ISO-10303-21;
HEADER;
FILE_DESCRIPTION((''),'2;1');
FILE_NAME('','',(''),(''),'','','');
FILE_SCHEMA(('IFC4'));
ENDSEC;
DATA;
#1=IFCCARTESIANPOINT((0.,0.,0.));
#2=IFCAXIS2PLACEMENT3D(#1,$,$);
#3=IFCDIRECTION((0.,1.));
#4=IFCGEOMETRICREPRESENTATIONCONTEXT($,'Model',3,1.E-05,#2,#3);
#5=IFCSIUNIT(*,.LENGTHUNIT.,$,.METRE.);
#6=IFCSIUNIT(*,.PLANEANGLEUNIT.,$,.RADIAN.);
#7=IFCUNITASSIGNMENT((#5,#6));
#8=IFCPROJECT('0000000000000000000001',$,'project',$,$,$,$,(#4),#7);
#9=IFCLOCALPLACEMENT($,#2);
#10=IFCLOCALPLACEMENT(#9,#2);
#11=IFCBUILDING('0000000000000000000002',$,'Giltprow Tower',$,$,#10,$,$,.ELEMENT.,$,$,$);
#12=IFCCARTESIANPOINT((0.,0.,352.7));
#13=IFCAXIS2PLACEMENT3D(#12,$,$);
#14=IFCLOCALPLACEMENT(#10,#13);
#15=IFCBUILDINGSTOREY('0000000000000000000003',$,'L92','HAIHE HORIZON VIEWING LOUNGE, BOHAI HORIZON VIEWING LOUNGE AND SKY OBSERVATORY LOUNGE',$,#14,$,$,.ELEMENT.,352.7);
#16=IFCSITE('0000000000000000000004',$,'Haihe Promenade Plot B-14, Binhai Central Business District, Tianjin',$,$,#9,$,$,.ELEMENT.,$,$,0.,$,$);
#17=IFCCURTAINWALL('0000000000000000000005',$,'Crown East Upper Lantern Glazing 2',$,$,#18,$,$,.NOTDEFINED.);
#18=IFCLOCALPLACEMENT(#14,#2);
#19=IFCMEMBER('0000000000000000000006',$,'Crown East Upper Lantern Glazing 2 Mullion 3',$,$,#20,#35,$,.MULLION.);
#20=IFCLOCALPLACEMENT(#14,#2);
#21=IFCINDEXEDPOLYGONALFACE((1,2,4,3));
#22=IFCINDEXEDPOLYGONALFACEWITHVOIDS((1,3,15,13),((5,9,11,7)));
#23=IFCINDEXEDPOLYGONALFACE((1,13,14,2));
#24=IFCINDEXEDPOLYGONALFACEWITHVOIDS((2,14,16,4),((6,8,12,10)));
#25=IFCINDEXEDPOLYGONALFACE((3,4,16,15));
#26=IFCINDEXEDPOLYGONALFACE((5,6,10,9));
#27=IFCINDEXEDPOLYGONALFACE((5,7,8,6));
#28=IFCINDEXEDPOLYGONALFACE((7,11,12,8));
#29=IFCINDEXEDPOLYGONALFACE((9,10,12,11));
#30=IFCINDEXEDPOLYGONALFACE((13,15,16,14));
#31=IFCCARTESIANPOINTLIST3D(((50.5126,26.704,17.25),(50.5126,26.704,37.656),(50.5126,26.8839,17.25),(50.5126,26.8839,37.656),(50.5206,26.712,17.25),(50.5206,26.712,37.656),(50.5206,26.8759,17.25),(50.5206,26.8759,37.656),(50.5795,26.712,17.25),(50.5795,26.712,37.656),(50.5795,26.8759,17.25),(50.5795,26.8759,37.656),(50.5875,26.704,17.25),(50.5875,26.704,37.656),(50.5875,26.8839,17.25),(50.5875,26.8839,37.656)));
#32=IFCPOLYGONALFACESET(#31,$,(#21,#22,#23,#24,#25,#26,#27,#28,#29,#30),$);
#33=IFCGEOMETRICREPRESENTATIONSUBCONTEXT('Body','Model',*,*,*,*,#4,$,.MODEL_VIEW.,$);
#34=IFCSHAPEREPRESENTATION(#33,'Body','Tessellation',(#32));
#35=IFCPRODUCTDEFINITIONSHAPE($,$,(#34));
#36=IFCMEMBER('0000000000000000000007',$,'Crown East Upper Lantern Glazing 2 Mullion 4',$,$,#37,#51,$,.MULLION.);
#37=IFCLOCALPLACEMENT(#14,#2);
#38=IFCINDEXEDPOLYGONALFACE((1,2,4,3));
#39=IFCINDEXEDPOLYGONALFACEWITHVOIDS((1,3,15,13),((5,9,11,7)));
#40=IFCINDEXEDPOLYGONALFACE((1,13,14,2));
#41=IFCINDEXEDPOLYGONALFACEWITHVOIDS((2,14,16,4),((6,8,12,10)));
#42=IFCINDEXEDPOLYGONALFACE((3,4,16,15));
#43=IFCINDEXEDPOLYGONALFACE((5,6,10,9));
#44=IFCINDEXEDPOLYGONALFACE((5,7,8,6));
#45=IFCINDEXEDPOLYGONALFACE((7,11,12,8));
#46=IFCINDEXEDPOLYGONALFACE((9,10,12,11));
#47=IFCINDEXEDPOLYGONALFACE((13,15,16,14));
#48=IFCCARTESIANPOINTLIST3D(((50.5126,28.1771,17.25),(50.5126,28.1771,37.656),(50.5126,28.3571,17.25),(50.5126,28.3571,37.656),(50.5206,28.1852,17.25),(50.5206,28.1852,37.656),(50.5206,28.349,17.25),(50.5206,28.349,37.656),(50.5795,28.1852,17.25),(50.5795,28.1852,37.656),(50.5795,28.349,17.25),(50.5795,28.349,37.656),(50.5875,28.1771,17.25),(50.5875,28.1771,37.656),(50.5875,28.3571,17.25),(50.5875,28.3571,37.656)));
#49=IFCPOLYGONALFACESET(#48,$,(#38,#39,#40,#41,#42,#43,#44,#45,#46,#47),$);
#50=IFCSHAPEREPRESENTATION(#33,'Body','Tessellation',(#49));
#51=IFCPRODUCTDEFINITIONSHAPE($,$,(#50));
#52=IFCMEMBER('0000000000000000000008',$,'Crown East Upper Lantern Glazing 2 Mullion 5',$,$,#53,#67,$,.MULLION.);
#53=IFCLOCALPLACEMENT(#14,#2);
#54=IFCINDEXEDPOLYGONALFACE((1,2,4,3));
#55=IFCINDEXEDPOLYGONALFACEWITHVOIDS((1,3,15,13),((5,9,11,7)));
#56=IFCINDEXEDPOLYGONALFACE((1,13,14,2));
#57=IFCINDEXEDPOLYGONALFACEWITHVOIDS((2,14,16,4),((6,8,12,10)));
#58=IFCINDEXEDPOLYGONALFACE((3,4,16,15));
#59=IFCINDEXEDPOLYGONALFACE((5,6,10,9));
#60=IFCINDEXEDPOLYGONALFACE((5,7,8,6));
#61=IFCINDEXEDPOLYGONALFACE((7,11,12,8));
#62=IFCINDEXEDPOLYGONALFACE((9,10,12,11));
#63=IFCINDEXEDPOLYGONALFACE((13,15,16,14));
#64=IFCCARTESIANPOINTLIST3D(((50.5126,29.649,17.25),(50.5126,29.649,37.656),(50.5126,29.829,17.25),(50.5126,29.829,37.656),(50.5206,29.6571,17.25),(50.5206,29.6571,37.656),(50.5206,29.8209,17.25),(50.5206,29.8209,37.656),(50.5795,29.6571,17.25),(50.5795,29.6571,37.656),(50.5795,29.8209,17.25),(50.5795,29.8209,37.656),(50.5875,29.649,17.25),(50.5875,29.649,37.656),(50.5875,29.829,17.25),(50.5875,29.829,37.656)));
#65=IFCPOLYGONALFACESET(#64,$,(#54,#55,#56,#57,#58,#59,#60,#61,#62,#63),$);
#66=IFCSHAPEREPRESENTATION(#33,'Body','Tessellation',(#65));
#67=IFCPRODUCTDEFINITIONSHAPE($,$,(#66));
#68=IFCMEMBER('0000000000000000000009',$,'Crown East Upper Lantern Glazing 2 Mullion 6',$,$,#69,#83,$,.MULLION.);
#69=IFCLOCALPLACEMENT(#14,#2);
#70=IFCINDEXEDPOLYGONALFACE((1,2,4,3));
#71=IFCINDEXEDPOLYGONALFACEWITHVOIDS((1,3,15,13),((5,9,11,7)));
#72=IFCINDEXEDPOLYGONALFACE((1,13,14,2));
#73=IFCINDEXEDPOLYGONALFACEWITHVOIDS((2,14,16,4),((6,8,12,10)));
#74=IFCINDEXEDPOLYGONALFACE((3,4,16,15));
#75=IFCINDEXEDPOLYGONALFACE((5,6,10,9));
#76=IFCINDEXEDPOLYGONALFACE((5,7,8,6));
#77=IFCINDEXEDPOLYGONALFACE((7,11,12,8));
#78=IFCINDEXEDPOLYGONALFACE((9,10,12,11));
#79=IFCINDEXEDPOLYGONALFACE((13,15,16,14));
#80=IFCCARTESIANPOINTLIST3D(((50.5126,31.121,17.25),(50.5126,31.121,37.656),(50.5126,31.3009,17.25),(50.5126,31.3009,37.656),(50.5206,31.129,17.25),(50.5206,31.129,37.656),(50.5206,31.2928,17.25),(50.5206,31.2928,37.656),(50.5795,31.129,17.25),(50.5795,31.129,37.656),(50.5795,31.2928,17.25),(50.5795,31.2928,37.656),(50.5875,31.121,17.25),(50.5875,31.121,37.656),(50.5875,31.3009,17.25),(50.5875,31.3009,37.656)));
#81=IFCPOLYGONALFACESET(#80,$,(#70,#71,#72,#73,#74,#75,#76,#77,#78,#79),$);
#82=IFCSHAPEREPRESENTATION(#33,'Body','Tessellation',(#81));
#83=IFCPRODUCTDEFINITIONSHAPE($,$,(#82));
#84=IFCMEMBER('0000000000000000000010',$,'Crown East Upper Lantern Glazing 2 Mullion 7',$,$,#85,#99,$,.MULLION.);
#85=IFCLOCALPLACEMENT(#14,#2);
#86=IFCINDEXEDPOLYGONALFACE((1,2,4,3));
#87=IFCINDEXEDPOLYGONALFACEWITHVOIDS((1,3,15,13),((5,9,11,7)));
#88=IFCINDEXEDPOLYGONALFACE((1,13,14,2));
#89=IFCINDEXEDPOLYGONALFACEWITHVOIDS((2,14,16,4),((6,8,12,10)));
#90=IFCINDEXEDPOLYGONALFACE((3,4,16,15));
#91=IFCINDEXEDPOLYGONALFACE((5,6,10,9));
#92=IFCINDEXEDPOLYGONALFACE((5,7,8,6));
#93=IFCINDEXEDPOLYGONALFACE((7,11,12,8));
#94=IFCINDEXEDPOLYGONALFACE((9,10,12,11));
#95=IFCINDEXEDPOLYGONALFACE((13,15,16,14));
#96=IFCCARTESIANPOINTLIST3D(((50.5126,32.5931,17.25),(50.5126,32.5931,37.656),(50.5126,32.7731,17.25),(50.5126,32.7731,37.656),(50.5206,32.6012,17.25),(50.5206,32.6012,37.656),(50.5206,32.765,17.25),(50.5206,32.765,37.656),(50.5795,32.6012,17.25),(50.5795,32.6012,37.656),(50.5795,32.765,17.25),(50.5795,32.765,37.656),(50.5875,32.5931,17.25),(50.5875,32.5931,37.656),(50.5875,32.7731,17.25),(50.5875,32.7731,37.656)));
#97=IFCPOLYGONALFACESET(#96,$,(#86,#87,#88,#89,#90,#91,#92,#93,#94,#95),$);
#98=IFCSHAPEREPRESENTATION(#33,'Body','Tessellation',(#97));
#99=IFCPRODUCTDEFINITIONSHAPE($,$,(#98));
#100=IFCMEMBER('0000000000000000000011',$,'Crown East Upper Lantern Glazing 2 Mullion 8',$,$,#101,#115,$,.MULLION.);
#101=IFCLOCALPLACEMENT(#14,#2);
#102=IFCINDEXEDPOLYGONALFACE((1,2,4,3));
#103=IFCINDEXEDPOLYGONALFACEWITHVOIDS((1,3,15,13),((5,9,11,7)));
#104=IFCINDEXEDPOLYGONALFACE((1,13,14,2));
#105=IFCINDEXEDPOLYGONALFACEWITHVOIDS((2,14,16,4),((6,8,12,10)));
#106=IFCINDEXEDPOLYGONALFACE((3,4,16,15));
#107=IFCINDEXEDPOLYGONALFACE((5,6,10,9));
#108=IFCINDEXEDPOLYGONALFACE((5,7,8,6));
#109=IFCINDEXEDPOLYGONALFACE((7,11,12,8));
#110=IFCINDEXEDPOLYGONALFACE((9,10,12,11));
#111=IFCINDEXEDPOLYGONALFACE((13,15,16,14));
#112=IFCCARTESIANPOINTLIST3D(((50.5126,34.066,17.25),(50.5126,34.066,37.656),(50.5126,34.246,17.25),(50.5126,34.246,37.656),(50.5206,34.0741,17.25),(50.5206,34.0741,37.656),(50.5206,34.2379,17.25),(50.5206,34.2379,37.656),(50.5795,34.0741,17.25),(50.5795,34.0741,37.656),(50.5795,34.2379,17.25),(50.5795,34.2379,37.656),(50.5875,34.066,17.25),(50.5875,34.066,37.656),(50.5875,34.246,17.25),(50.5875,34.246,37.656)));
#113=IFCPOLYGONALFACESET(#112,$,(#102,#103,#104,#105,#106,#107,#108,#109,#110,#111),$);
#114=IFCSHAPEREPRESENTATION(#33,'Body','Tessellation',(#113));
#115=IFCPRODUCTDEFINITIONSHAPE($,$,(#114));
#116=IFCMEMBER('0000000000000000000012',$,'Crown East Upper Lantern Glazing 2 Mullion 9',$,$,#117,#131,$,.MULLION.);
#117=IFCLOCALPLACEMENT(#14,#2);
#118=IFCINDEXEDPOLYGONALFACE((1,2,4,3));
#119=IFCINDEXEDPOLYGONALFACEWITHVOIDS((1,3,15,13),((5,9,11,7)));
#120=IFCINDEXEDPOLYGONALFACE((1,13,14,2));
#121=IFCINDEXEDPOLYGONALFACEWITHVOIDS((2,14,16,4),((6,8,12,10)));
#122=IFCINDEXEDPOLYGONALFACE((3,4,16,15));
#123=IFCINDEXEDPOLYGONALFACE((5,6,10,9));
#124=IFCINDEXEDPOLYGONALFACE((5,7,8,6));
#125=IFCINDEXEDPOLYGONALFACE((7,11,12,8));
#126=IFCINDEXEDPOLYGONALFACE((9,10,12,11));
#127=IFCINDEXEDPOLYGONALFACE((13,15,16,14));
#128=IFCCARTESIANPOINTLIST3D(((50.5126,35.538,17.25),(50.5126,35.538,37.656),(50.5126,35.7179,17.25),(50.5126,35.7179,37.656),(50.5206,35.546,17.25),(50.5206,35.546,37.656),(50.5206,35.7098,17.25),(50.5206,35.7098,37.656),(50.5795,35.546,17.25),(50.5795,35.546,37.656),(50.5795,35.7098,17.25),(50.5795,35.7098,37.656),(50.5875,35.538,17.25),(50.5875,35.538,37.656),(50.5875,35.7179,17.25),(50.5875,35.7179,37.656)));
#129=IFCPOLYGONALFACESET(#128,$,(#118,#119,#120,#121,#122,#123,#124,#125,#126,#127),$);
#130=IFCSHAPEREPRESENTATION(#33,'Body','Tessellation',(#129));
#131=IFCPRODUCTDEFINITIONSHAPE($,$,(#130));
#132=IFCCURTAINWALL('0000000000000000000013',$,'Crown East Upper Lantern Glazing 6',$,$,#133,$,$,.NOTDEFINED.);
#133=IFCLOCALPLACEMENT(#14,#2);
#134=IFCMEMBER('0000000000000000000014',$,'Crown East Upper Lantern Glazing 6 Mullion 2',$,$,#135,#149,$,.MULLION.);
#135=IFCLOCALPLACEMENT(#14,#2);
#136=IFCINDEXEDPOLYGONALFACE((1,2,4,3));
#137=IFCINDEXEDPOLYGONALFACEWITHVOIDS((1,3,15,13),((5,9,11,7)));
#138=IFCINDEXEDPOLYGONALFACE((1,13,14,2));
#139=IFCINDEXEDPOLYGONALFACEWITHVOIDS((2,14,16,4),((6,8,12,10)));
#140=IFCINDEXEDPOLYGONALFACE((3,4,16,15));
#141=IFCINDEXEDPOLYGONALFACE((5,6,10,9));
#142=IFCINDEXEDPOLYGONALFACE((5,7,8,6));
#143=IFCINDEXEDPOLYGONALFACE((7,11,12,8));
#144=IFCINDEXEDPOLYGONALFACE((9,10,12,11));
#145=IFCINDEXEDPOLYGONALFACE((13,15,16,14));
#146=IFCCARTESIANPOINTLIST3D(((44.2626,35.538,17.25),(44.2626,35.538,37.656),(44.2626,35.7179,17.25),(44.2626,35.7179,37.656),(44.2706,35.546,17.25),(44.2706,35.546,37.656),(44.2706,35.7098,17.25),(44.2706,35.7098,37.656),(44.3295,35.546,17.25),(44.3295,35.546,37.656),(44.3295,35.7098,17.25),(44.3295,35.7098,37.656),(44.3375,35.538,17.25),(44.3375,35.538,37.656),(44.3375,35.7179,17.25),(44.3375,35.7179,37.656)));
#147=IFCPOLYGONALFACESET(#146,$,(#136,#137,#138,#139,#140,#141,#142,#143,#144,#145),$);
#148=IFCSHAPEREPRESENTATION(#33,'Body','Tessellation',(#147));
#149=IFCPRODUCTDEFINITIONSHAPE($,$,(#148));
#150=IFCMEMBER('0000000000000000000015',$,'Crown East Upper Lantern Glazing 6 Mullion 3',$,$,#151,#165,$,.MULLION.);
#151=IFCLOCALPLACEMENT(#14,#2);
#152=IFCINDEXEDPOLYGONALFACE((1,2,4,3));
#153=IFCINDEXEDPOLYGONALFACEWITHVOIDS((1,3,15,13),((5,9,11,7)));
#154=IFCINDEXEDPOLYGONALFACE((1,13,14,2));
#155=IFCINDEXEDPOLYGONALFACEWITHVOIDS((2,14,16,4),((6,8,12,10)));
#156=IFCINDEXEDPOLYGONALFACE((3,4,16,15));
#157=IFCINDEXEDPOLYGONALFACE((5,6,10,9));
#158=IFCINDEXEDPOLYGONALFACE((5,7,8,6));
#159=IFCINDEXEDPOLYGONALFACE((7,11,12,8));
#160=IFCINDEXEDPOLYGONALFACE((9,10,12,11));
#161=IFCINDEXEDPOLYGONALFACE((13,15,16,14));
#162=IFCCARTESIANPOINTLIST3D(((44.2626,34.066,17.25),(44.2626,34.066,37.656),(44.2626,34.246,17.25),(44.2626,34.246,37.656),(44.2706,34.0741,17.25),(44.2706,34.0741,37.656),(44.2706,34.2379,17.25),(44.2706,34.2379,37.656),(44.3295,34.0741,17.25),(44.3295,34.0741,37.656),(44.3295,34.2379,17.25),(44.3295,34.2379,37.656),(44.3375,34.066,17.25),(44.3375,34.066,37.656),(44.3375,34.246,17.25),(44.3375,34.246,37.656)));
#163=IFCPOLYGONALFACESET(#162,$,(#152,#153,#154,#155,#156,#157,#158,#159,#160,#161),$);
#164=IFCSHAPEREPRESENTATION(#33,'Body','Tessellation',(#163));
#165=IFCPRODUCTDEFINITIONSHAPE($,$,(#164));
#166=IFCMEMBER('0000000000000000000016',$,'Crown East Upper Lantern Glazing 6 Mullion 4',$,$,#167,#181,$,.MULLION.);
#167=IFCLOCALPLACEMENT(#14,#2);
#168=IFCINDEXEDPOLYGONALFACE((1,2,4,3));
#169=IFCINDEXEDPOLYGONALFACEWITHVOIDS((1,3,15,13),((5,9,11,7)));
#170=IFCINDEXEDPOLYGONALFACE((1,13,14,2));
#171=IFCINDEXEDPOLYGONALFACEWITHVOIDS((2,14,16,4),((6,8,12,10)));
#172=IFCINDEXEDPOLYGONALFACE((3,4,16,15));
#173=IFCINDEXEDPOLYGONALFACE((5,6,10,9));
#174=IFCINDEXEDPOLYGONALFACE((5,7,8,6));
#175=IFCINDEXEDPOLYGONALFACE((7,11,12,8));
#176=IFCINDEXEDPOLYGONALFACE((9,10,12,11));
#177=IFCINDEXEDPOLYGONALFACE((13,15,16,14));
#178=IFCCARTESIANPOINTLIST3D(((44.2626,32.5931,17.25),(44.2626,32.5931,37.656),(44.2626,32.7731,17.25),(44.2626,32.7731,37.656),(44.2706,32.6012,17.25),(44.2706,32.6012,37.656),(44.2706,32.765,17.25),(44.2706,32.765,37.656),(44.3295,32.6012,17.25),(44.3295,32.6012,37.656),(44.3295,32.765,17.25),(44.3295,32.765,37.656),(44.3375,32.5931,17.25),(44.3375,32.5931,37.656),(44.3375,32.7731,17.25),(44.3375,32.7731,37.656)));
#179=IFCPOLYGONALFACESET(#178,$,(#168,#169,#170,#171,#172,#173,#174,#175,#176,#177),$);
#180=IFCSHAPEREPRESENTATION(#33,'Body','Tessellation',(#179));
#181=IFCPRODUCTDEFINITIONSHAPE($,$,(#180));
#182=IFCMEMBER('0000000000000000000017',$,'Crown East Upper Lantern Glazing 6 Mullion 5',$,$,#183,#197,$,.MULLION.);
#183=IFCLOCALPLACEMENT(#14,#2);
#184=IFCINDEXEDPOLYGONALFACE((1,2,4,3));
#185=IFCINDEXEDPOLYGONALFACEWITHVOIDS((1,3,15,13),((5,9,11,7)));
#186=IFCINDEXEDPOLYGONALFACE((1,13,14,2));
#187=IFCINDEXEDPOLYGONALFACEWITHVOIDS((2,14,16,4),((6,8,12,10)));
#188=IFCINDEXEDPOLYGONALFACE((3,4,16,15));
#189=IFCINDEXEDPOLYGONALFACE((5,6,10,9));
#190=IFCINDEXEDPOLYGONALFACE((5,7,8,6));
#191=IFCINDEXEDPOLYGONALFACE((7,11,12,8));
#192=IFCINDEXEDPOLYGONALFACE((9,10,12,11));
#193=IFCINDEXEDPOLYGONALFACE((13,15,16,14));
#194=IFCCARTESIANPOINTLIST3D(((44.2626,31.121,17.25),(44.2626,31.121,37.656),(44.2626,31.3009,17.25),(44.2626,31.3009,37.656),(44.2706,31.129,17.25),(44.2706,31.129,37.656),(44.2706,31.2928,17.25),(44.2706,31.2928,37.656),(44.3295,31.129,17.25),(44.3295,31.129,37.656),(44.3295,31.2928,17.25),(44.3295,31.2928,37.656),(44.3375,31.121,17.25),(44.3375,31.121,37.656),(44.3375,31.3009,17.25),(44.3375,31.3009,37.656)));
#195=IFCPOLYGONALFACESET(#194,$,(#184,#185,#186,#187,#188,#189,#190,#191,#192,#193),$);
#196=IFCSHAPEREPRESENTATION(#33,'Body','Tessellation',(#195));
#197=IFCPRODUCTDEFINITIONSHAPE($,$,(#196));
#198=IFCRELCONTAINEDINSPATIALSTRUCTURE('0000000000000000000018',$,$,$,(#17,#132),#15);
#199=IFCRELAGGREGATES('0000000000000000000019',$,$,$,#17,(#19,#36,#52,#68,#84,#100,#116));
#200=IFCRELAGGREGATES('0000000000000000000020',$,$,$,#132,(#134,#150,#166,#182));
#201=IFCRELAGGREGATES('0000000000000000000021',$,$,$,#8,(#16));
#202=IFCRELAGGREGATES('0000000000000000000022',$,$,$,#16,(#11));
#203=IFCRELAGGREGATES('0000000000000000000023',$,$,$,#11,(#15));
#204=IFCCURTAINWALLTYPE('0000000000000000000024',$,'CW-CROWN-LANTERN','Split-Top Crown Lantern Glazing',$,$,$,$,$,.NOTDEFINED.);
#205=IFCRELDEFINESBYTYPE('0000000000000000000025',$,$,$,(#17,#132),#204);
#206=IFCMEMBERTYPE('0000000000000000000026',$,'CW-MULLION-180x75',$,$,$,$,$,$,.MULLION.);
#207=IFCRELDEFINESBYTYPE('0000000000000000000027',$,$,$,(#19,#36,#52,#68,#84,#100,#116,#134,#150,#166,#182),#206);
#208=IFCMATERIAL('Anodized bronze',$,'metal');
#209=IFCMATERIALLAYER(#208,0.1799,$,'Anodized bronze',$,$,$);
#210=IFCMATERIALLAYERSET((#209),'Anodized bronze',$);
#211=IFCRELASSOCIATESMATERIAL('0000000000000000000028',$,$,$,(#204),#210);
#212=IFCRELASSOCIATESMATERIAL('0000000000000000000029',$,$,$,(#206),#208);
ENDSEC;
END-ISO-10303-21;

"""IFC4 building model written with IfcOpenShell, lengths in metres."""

from ifc_helpers import new_model, si_unit, direction, frame, origin, origin_2d, place, context, subcontext, project, spatial, hollow_rectangle, extrude, source, transform, mapped, material, layer, layer_set, material_profile, profile_set, type_object, element, aggregate, save


model = new_model("IFC4")

# Units and contexts
model_context = context("Model", 3, precision=1e-05, world=origin(), true_north=direction((0.0, 1.0)))
body_context = subcontext(model_context, "Body", "Model", "MODEL_VIEW")
ifc_project = project(units=[si_unit("LENGTHUNIT", "METRE"), si_unit("PLANEANGLEUNIT", "RADIAN")], contexts=[model_context])

# Site, building, storey
site_placement = place(None, origin())
site = spatial("IfcSite", under=ifc_project, at=site_placement, Name="Haihe Promenade Plot B-14, Binhai Central Business District, Tianjin", CompositionType="ELEMENT", RefElevation=0.0)
building_placement = place(site_placement, origin())
building = spatial("IfcBuilding", under=site, at=building_placement, Name="Giltprow Tower", CompositionType="ELEMENT")
storey_placement = place(building_placement, frame((0.0, 0.0, 352.7)))
storey = spatial("IfcBuildingStorey", under=building, at=storey_placement, Name="L92", Description="HAIHE HORIZON VIEWING LOUNGE, BOHAI HORIZON VIEWING LOUNGE AND SKY OBSERVATORY LOUNGE", CompositionType="ELEMENT", Elevation=352.7)

# Curtain walls, members
ifc_material_1 = material(Name="Anodized bronze", Category="metal")
ifc_layer = layer(ifc_material_1, 0.1799, Name="Anodized bronze")
ifc_layer_set = layer_set([ifc_layer], Name="Anodized bronze")
curtain_wall_type = type_object("IfcCurtainWallType", Name="CW-CROWN-LANTERN", Description="Split-Top Crown Lantern Glazing", PredefinedType="NOTDEFINED", material=ifc_layer_set)
curtain_wall_1_placement = place(storey_placement, origin())
curtain_wall_1 = element("IfcCurtainWall", 1, at=curtain_wall_1_placement, inside=storey, type_object=curtain_wall_type, Name="Crown East Upper Lantern Glazing 2", PredefinedType="NOTDEFINED")
ifc_material_profile = material_profile(ifc_material_1, hollow_rectangle(XDim=0.075, YDim=0.1799, WallThickness=0.0081, at=origin_2d()), Name="RHS 180x75x8")
ifc_profile_set = profile_set([ifc_material_profile], Name="Anodized bronze")
member_type = type_object("IfcMemberType", Name="CW-MULLION-180x75", PredefinedType="MULLION", material=ifc_profile_set)
shared_shape_1 = source(origin(), body_context, "Body", "SweptSolid", [
    extrude(hollow_rectangle(XDim=0.075, YDim=0.1799, WallThickness=0.0081, at=origin_2d()), origin(), (0.0, 0.0, 1.0), 20.406),
])
member_1_placement = place(storey_placement, frame((50.55, 26.7939, 17.25), z_axis=(0.0, 0.0, 1.0), x_axis=(1.0, 0.0, 0.0)))
member_1 = element("IfcMember", 2, at=member_1_placement, type_object=member_type, Name="Crown East Upper Lantern Glazing 2 Mullion 3", PredefinedType="MULLION", context=body_context, shape_type="MappedRepresentation", body=[
    mapped(shared_shape_1, transform((0.0, 0.0, 0.0), x_axis=(1.0, 0.0, 0.0), y_axis=(0.0, 1.0, 0.0), z_axis=(0.0, 0.0, 1.0), scale=1.0)),
])
member_2_placement = place(storey_placement, frame((50.55, 28.2671, 17.25), z_axis=(0.0, 0.0, 1.0), x_axis=(1.0, 0.0, 0.0)))
member_2 = element("IfcMember", 3, at=member_2_placement, type_object=member_type, Name="Crown East Upper Lantern Glazing 2 Mullion 4", PredefinedType="MULLION", context=body_context, shape_type="MappedRepresentation", body=[
    mapped(shared_shape_1, transform((0.0, 0.0, 0.0), x_axis=(1.0, 0.0, 0.0), y_axis=(0.0, 1.0, 0.0), z_axis=(0.0, 0.0, 1.0), scale=1.0)),
])
member_3_placement = place(storey_placement, frame((50.55, 29.739, 17.25), z_axis=(0.0, 0.0, 1.0), x_axis=(1.0, 0.0, 0.0)))
member_3 = element("IfcMember", 4, at=member_3_placement, type_object=member_type, Name="Crown East Upper Lantern Glazing 2 Mullion 5", PredefinedType="MULLION", context=body_context, shape_type="MappedRepresentation", body=[
    mapped(shared_shape_1, transform((0.0, 0.0, 0.0), x_axis=(1.0, 0.0, 0.0), y_axis=(0.0, 1.0, 0.0), z_axis=(0.0, 0.0, 1.0), scale=1.0)),
])
member_4_placement = place(storey_placement, frame((50.55, 31.2109, 17.25), z_axis=(0.0, 0.0, 1.0), x_axis=(1.0, 0.0, 0.0)))
member_4 = element("IfcMember", 5, at=member_4_placement, type_object=member_type, Name="Crown East Upper Lantern Glazing 2 Mullion 6", PredefinedType="MULLION", context=body_context, shape_type="MappedRepresentation", body=[
    mapped(shared_shape_1, transform((0.0, 0.0, 0.0), x_axis=(1.0, 0.0, 0.0), y_axis=(0.0, 1.0, 0.0), z_axis=(0.0, 0.0, 1.0), scale=1.0)),
])
member_5_placement = place(storey_placement, frame((50.55, 32.6831, 17.25), z_axis=(0.0, 0.0, 1.0), x_axis=(1.0, 0.0, 0.0)))
member_5 = element("IfcMember", 6, at=member_5_placement, type_object=member_type, Name="Crown East Upper Lantern Glazing 2 Mullion 7", PredefinedType="MULLION", context=body_context, shape_type="MappedRepresentation", body=[
    mapped(shared_shape_1, transform((0.0, 0.0, 0.0), x_axis=(1.0, 0.0, 0.0), y_axis=(0.0, 1.0, 0.0), z_axis=(0.0, 0.0, 1.0), scale=1.0)),
])
member_6_placement = place(storey_placement, frame((50.55, 34.156, 17.25), z_axis=(0.0, 0.0, 1.0), x_axis=(1.0, 0.0, 0.0)))
member_6 = element("IfcMember", 7, at=member_6_placement, type_object=member_type, Name="Crown East Upper Lantern Glazing 2 Mullion 8", PredefinedType="MULLION", context=body_context, shape_type="MappedRepresentation", body=[
    mapped(shared_shape_1, transform((0.0, 0.0, 0.0), x_axis=(1.0, 0.0, 0.0), y_axis=(0.0, 1.0, 0.0), z_axis=(0.0, 0.0, 1.0), scale=1.0)),
])
member_7_placement = place(storey_placement, frame((50.55, 35.6279, 17.25), z_axis=(0.0, 0.0, 1.0), x_axis=(1.0, 0.0, 0.0)))
member_7 = element("IfcMember", 8, at=member_7_placement, type_object=member_type, Name="Crown East Upper Lantern Glazing 2 Mullion 9", PredefinedType="MULLION", context=body_context, shape_type="MappedRepresentation", body=[
    mapped(shared_shape_1, transform((0.0, 0.0, 0.0), x_axis=(1.0, 0.0, 0.0), y_axis=(0.0, 1.0, 0.0), z_axis=(0.0, 0.0, 1.0), scale=1.0)),
])
aggregate(curtain_wall_1, [member_1, member_2, member_3, member_4, member_5, member_6, member_7])
curtain_wall_2_placement = place(storey_placement, origin())
curtain_wall_2 = element("IfcCurtainWall", 9, at=curtain_wall_2_placement, inside=storey, type_object=curtain_wall_type, Name="Crown East Upper Lantern Glazing 6", PredefinedType="NOTDEFINED")
member_8_placement = place(storey_placement, frame((44.3, 35.6279, 17.25), z_axis=(0.0, 0.0, 1.0), x_axis=(1.0, 0.0, 0.0)))
member_8 = element("IfcMember", 10, at=member_8_placement, type_object=member_type, Name="Crown East Upper Lantern Glazing 6 Mullion 2", PredefinedType="MULLION", context=body_context, shape_type="MappedRepresentation", body=[
    mapped(shared_shape_1, transform((0.0, 0.0, 0.0), x_axis=(1.0, 0.0, 0.0), y_axis=(0.0, 1.0, 0.0), z_axis=(0.0, 0.0, 1.0), scale=1.0)),
])
member_9_placement = place(storey_placement, frame((44.3, 34.156, 17.25), z_axis=(0.0, 0.0, 1.0), x_axis=(1.0, 0.0, 0.0)))
member_9 = element("IfcMember", 11, at=member_9_placement, type_object=member_type, Name="Crown East Upper Lantern Glazing 6 Mullion 3", PredefinedType="MULLION", context=body_context, shape_type="MappedRepresentation", body=[
    mapped(shared_shape_1, transform((0.0, 0.0, 0.0), x_axis=(1.0, 0.0, 0.0), y_axis=(0.0, 1.0, 0.0), z_axis=(0.0, 0.0, 1.0), scale=1.0)),
])
member_10_placement = place(storey_placement, frame((44.3, 32.6831, 17.25), z_axis=(0.0, 0.0, 1.0), x_axis=(1.0, 0.0, 0.0)))
member_10 = element("IfcMember", 12, at=member_10_placement, type_object=member_type, Name="Crown East Upper Lantern Glazing 6 Mullion 4", PredefinedType="MULLION", context=body_context, shape_type="MappedRepresentation", body=[
    mapped(shared_shape_1, transform((0.0, 0.0, 0.0), x_axis=(1.0, 0.0, 0.0), y_axis=(0.0, 1.0, 0.0), z_axis=(0.0, 0.0, 1.0), scale=1.0)),
])
member_11_placement = place(storey_placement, frame((44.3, 31.2109, 17.25), z_axis=(0.0, 0.0, 1.0), x_axis=(1.0, 0.0, 0.0)))
member_11 = element("IfcMember", 13, at=member_11_placement, type_object=member_type, Name="Crown East Upper Lantern Glazing 6 Mullion 5", PredefinedType="MULLION", context=body_context, shape_type="MappedRepresentation", body=[
    mapped(shared_shape_1, transform((0.0, 0.0, 0.0), x_axis=(1.0, 0.0, 0.0), y_axis=(0.0, 1.0, 0.0), z_axis=(0.0, 0.0, 1.0), scale=1.0)),
])
aggregate(curtain_wall_2, [member_8, member_9, member_10, member_11])

save(model, "model.ifc")
